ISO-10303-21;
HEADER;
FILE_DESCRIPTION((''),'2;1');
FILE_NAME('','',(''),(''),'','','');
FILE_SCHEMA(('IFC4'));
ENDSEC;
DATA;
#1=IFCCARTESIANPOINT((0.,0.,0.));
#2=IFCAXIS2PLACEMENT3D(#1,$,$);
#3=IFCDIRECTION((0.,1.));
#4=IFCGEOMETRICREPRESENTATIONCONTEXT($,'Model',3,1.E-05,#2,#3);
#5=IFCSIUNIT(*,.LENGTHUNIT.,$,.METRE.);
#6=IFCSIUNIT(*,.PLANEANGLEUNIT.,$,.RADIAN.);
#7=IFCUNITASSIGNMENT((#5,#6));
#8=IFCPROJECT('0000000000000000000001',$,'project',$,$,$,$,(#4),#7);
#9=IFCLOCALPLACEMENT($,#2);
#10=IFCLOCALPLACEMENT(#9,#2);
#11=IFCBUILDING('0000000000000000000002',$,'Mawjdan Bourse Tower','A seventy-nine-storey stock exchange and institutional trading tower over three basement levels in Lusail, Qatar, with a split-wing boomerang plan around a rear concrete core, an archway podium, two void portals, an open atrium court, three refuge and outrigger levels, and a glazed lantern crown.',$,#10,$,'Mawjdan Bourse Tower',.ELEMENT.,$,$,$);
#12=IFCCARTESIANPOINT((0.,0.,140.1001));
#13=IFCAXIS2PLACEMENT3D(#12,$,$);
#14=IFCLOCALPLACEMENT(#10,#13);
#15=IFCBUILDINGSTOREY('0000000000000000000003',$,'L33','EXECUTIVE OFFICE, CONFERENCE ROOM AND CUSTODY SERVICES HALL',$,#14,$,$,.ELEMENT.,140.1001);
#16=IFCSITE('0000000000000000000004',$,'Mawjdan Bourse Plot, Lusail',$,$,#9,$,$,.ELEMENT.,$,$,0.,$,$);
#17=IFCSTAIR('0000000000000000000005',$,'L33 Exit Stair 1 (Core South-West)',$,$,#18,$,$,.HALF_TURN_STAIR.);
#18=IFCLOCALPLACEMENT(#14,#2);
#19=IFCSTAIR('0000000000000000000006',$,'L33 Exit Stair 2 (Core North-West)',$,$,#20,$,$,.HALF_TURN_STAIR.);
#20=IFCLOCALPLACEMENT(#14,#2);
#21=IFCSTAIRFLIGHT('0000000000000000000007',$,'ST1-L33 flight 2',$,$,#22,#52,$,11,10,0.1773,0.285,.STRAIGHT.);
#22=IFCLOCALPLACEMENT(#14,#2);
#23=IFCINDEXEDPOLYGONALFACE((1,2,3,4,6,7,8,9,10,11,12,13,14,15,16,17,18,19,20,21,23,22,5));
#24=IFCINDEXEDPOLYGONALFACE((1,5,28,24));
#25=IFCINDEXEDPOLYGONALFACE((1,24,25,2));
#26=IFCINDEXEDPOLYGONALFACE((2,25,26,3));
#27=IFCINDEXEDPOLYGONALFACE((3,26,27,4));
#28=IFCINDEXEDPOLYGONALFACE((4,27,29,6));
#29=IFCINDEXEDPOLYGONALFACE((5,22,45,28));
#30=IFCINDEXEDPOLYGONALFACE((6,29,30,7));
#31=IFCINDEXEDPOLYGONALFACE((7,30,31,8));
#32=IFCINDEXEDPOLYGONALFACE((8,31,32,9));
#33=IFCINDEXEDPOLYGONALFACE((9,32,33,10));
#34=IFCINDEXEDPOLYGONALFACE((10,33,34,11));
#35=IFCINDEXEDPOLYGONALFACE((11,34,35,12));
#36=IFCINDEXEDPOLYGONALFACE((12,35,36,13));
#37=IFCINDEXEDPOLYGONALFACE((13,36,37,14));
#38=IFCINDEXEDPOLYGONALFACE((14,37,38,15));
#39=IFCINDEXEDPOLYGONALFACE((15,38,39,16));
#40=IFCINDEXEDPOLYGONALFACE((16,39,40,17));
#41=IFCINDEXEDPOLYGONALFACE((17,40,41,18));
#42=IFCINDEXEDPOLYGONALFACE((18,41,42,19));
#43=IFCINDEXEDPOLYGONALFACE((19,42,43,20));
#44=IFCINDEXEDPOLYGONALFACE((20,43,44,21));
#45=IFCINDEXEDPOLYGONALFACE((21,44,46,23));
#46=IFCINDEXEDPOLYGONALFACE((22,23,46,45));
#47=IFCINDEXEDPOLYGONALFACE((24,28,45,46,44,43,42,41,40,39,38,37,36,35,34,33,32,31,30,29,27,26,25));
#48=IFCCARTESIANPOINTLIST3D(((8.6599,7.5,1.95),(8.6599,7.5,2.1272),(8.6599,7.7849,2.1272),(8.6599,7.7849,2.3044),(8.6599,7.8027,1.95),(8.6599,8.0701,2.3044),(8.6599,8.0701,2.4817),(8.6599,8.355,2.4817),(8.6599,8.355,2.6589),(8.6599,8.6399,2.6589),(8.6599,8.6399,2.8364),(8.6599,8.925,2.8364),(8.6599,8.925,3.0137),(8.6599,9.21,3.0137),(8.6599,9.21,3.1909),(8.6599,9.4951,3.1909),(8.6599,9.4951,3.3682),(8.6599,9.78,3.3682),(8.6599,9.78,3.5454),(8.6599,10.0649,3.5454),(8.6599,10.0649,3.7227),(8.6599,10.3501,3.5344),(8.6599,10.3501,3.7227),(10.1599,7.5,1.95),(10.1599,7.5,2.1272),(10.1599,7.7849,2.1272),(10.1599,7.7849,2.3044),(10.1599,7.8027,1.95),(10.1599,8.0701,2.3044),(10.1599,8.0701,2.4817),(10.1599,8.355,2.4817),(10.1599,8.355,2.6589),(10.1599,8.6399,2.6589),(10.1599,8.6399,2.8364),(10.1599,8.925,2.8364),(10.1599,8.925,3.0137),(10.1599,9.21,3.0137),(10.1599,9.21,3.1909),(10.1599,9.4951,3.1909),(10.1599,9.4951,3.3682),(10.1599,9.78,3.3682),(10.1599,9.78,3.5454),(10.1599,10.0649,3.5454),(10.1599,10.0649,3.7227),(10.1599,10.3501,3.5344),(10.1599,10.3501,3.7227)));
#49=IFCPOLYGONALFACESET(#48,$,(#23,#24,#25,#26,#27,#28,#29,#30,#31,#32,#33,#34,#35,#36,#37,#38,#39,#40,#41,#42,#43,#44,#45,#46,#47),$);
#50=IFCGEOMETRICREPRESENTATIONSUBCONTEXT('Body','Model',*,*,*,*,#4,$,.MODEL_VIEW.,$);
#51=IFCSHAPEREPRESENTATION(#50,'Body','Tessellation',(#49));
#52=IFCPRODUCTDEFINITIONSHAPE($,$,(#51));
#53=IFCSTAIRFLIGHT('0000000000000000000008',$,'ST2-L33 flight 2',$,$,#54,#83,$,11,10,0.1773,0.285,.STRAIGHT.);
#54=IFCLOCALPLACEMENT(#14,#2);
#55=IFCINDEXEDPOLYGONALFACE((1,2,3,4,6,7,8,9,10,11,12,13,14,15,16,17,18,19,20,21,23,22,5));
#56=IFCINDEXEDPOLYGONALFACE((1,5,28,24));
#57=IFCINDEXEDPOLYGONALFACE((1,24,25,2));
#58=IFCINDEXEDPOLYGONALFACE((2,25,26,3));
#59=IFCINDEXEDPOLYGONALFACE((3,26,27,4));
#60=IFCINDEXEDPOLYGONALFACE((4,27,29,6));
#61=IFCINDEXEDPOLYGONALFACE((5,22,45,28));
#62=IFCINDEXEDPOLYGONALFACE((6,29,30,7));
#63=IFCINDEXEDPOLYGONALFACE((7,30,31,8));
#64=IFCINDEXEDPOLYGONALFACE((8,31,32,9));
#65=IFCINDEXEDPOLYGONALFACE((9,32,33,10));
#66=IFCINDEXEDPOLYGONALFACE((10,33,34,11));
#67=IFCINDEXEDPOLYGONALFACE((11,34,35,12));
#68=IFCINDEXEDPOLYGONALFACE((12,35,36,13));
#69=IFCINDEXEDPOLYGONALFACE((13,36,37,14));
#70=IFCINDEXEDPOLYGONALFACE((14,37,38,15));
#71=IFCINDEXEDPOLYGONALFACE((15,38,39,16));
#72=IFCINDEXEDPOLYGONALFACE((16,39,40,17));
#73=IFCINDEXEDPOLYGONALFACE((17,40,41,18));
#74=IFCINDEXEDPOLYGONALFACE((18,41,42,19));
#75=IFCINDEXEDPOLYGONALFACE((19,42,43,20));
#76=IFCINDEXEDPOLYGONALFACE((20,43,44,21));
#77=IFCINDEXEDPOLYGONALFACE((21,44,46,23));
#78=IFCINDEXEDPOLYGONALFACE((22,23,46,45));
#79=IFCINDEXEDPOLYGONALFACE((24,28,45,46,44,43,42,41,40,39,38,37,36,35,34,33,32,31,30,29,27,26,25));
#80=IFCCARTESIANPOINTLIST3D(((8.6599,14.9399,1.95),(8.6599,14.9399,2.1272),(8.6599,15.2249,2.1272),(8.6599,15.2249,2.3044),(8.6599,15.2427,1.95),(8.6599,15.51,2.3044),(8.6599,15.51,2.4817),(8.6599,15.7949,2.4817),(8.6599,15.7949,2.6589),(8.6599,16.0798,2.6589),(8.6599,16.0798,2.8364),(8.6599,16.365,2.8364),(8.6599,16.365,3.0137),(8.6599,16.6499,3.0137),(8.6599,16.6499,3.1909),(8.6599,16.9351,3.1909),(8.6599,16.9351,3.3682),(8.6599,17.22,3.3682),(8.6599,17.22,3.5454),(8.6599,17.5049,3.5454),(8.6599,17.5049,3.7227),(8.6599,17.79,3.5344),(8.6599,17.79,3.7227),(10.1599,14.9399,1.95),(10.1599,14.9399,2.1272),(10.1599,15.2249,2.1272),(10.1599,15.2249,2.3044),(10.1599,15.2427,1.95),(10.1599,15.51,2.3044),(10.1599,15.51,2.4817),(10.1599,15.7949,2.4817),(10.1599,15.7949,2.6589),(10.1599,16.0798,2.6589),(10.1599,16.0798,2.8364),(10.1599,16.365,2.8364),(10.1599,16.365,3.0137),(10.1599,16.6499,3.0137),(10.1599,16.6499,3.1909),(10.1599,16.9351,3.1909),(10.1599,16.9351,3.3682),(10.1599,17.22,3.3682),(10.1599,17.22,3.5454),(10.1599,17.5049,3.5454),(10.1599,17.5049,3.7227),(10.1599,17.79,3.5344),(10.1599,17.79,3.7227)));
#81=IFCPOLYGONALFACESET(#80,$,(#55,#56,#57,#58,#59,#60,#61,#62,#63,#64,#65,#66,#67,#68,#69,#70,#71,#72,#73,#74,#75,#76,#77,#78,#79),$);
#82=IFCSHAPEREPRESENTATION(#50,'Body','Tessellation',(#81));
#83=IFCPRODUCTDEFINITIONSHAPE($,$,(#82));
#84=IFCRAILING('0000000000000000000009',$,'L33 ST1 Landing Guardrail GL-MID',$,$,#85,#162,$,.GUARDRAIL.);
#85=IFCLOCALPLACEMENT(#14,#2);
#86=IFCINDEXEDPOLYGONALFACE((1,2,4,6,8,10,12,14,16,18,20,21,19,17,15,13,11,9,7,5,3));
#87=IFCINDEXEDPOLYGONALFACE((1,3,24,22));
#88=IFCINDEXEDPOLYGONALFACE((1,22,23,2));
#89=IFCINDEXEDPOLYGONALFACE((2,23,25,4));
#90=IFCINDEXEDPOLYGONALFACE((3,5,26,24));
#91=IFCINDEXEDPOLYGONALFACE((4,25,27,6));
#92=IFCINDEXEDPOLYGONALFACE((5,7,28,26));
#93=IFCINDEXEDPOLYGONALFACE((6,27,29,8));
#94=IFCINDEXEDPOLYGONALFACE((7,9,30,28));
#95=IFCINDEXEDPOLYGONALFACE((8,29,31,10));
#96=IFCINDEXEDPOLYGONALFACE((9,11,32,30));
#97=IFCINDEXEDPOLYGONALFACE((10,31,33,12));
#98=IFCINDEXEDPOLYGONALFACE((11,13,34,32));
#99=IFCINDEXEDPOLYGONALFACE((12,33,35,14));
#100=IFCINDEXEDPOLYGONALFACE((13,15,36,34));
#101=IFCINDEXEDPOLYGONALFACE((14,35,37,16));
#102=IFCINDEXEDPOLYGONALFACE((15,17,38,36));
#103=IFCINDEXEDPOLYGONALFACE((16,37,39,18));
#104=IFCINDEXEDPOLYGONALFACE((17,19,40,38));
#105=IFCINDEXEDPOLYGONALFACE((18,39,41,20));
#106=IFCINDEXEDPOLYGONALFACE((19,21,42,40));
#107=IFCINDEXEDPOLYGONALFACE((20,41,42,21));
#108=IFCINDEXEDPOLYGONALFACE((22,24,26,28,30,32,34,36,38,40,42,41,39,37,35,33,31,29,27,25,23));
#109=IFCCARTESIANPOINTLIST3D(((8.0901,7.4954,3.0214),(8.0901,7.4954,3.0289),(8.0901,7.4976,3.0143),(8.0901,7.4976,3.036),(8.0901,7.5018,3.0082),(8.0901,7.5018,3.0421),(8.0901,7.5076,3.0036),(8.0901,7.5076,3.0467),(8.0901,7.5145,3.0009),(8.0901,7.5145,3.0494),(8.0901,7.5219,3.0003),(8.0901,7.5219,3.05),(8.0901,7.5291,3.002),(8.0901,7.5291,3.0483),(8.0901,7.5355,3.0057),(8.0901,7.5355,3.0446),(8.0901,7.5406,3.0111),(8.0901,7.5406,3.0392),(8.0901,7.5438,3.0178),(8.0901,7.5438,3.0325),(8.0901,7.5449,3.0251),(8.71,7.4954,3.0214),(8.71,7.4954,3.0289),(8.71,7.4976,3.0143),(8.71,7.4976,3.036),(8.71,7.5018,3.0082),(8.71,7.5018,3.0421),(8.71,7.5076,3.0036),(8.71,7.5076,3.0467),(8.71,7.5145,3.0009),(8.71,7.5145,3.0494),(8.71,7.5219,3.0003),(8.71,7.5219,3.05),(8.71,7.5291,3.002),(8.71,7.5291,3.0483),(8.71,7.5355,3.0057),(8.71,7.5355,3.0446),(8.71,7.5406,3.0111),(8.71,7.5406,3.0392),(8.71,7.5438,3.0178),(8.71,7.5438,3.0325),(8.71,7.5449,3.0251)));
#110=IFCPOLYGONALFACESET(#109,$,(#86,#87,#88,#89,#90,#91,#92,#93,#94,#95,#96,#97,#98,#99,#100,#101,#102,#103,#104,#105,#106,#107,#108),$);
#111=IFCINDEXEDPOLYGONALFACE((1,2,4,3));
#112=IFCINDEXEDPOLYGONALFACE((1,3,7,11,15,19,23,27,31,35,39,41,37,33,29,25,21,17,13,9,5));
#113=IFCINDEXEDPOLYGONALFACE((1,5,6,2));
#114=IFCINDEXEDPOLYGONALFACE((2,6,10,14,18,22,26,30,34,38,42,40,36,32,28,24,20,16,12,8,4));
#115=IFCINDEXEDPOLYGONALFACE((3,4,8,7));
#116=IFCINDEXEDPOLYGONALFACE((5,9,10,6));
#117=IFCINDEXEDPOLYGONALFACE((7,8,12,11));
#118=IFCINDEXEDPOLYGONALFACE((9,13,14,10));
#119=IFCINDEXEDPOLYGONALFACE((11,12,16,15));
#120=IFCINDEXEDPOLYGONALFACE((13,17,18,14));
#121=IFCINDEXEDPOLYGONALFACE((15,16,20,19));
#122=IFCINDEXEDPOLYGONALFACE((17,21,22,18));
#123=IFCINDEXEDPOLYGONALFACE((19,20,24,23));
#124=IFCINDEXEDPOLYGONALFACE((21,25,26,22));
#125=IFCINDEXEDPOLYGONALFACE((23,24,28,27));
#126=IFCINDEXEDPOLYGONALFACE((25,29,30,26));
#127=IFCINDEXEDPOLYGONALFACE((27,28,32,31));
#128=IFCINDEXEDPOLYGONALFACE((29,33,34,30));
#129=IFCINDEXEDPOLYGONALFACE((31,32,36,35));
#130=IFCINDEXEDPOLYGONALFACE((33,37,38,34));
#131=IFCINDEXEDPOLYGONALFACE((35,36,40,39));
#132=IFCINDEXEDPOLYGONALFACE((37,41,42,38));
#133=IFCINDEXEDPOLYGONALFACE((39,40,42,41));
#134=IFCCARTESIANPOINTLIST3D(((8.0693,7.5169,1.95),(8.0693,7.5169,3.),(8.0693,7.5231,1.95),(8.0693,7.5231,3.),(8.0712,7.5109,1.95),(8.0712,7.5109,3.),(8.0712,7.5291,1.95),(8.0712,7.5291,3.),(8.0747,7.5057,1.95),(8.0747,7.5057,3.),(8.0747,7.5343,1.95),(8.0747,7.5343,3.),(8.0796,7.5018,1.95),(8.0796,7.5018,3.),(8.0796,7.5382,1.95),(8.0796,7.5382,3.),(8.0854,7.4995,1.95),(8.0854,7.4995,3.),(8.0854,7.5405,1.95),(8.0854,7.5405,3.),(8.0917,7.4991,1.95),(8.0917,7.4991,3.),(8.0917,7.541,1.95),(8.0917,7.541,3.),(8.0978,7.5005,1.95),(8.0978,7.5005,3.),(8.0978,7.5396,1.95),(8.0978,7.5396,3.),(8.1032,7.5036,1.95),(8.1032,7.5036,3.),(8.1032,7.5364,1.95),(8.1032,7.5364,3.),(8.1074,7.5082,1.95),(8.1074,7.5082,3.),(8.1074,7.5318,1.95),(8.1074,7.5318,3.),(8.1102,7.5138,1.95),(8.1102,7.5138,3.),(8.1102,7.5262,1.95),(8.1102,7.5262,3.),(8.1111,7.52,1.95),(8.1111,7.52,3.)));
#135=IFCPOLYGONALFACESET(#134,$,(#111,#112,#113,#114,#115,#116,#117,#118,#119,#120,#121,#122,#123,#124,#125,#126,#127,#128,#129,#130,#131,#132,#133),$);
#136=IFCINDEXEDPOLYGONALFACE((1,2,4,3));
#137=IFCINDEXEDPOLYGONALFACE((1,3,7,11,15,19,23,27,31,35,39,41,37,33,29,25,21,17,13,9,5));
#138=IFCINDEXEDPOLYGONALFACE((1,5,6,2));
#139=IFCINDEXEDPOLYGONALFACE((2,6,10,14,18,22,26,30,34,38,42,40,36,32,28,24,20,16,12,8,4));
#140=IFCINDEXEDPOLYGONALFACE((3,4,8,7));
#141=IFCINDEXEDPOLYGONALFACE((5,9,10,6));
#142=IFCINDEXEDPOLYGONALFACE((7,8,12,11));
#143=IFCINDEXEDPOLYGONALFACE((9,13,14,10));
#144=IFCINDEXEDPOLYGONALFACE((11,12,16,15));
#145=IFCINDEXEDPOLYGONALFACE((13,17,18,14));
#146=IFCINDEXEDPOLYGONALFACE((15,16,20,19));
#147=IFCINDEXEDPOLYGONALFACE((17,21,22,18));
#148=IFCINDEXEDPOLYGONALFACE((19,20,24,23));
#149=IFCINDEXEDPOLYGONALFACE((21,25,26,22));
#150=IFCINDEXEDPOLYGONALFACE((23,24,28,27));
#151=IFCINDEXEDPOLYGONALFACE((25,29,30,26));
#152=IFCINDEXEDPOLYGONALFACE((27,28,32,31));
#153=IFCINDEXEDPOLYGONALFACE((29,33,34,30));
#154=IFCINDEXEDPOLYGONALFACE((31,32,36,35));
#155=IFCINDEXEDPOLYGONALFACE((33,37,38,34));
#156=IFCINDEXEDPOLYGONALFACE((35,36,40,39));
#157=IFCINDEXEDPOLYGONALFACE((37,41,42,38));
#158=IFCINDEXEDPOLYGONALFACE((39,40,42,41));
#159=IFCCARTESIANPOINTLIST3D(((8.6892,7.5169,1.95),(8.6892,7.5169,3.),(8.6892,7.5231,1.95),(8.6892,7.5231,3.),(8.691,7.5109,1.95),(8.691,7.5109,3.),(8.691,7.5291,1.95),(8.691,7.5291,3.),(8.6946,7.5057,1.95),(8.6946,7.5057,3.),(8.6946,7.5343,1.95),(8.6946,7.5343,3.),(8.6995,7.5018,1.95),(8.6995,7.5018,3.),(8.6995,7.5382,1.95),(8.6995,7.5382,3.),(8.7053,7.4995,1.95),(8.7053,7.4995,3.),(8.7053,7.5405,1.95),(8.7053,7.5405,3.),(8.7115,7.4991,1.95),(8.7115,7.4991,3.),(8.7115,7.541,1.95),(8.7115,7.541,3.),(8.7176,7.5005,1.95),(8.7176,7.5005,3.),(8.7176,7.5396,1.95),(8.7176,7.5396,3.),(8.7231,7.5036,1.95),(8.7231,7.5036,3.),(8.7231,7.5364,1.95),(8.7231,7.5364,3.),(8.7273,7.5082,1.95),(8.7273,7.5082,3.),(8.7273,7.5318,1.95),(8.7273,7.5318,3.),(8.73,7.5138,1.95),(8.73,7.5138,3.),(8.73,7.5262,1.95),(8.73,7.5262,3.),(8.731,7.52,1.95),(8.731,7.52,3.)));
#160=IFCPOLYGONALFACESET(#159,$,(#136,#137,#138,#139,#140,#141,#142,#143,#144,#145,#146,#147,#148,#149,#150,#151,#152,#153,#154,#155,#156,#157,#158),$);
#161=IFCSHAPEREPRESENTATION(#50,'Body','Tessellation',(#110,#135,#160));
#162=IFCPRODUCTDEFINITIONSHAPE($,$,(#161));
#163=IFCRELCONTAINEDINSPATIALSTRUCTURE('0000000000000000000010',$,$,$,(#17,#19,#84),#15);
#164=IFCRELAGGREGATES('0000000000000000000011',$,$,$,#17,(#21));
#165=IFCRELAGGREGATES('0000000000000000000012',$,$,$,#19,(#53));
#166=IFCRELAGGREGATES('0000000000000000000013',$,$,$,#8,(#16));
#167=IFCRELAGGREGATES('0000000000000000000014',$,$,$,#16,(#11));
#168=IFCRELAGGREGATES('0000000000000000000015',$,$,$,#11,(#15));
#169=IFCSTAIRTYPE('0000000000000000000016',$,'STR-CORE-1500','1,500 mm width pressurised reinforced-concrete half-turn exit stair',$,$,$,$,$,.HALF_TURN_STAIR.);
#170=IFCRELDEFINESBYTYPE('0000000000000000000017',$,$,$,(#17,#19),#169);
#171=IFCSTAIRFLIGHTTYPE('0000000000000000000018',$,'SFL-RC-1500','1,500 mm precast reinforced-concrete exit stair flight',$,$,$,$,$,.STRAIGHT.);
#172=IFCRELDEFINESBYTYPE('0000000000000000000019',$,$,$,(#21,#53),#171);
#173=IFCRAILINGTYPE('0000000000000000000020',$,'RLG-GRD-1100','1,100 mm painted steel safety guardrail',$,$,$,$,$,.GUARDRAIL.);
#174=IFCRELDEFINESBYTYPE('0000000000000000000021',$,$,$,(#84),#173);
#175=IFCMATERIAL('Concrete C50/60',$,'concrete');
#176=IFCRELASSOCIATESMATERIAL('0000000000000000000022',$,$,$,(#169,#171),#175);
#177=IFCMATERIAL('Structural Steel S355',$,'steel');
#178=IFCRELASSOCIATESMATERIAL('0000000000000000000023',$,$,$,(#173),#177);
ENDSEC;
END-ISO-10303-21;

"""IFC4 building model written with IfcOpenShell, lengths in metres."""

from ifc_helpers import new_model, si_unit, direction, frame, origin, origin_2d, place, context, subcontext, project, spatial, polyline, circle, outline, extrude, material, type_object, element, aggregate, save


model = new_model("IFC4")

# Units and contexts
model_context = context("Model", 3, precision=1e-05, world=origin(), true_north=direction((0.0, 1.0)))
body_context = subcontext(model_context, "Body", "Model", "MODEL_VIEW")
ifc_project = project(units=[si_unit("LENGTHUNIT", "METRE"), si_unit("PLANEANGLEUNIT", "RADIAN")], contexts=[model_context])

# Site, building, storey
site_placement = place(None, origin())
site = spatial("IfcSite", under=ifc_project, at=site_placement, Name="Mawjdan Bourse Plot, Lusail", CompositionType="ELEMENT", RefElevation=0.0)
building_placement = place(site_placement, origin())
building = spatial("IfcBuilding", under=site, at=building_placement, Name="Mawjdan Bourse Tower", Description="A seventy-nine-storey stock exchange and institutional trading tower over three basement levels in Lusail, Qatar, with a split-wing boomerang plan around a rear concrete core, an archway podium, two void portals, an open atrium court, three refuge and outrigger levels, and a glazed lantern crown.", LongName="Mawjdan Bourse Tower", CompositionType="ELEMENT")
storey_placement = place(building_placement, frame((0.0, 0.0, 140.1001)))
storey = spatial("IfcBuildingStorey", under=building, at=storey_placement, Name="L33", Description="EXECUTIVE OFFICE, CONFERENCE ROOM AND CUSTODY SERVICES HALL", CompositionType="ELEMENT", Elevation=140.1001)

# Shared definitions
ifc_material_1 = material(Name="Structural Steel S355", Category="steel")

# Stairs
ifc_material_2 = material(Name="Concrete C50/60", Category="concrete")
stair_type = type_object("IfcStairType", Name="STR-CORE-1500", Description="1,500 mm width pressurised reinforced-concrete half-turn exit stair", PredefinedType="HALF_TURN_STAIR", material=ifc_material_2)
stair_1_placement = place(storey_placement, origin())
stair_1 = element("IfcStair", 1, at=stair_1_placement, inside=storey, type_object=stair_type, Name="L33 Exit Stair 1 (Core South-West)", PredefinedType="HALF_TURN_STAIR")
stair_2_placement = place(storey_placement, origin())
stair_2 = element("IfcStair", 2, at=stair_2_placement, inside=storey, type_object=stair_type, Name="L33 Exit Stair 2 (Core North-West)", PredefinedType="HALF_TURN_STAIR")

# Stair flights
stair_flight_type = type_object("IfcStairFlightType", Name="SFL-RC-1500", Description="1,500 mm precast reinforced-concrete exit stair flight", PredefinedType="STRAIGHT", material=ifc_material_2)
stair_flight_1_placement = place(storey_placement, frame((9.4099, 7.5, 1.95), z_axis=(0.0, 0.0, 1.0), x_axis=(0.0, 1.0, 0.0)))
stair_flight_1 = element("IfcStairFlight", 3, at=stair_flight_1_placement, type_object=stair_flight_type, Name="ST1-L33 flight 2", NumberOfRisers=11, NumberOfTreads=10, PredefinedType="STRAIGHT", RiserHeight=0.1773, TreadLength=0.285, context=body_context, shape_type="SweptSolid", body=[
    extrude(outline(polyline([(0.0, 0.0), (0.0, 0.1772), (0.2849, 0.1772), (0.2849, 0.3545), (0.5701, 0.3545), (0.5701, 0.5317), (0.855, 0.5317), (0.855, 0.709), (1.1399, 0.709), (1.1399, 0.8865), (1.425, 0.8865), (1.425, 1.0637), (1.71, 1.0637), (1.71, 1.241), (1.9951, 1.241), (1.9951, 1.4182), (2.28, 1.4182), (2.28, 1.5955), (2.5649, 1.5955), (2.5649, 1.7727), (2.8501, 1.7727), (2.8501, 1.95), (2.8501, 1.5845), (0.3027, 0.0), (0.0, 0.0)])), frame((0.0, 0.75, 0.0), z_axis=(0.0, -1.0, 0.0), x_axis=(1.0, 0.0, 0.0)), (0.0, 0.0, 1.0), 1.5),
])
aggregate(stair_1, [stair_flight_1])
stair_flight_2_placement = place(storey_placement, frame((9.4099, 14.9399, 1.95), z_axis=(0.0, 0.0, 1.0), x_axis=(0.0, 1.0, 0.0)))
stair_flight_2 = element("IfcStairFlight", 4, at=stair_flight_2_placement, type_object=stair_flight_type, Name="ST2-L33 flight 2", NumberOfRisers=11, NumberOfTreads=10, PredefinedType="STRAIGHT", RiserHeight=0.1773, TreadLength=0.285, context=body_context, shape_type="SweptSolid", body=[
    extrude(outline(polyline([(0.0, 0.0), (0.0, 0.1772), (0.2849, 0.1772), (0.2849, 0.3545), (0.5701, 0.3545), (0.5701, 0.5317), (0.855, 0.5317), (0.855, 0.709), (1.1399, 0.709), (1.1399, 0.8865), (1.425, 0.8865), (1.425, 1.0637), (1.71, 1.0637), (1.71, 1.241), (1.9951, 1.241), (1.9951, 1.4182), (2.28, 1.4182), (2.28, 1.5955), (2.5649, 1.5955), (2.5649, 1.7727), (2.8501, 1.7727), (2.8501, 1.95), (2.8501, 1.5845), (0.3027, 0.0), (0.0, 0.0)])), frame((0.0, 0.75, 0.0), z_axis=(0.0, -1.0, 0.0), x_axis=(1.0, 0.0, 0.0)), (0.0, 0.0, 1.0), 1.5),
])
aggregate(stair_2, [stair_flight_2])

# Railing
railing_type_1 = type_object("IfcRailingType", Name="RLG-GRD-1100", Description="1,100 mm painted steel safety guardrail", PredefinedType="GUARDRAIL", material=ifc_material_1)
for number, where, name in (
    (5, (8.0901, 7.52, 1.95), "L33 ST1 Landing Guardrail GL-MID"),
):
    element("IfcRailing", number, at=place(storey_placement, frame(where)), inside=storey, type_object=railing_type_1, Name=name, PredefinedType="GUARDRAIL", context=body_context, shape_type="SweptSolid", body=[
        extrude(circle(Radius=0.0249, at=origin_2d()), frame((0.0, 0.0, 1.0752), z_axis=(1.0, 0.0, 0.0), x_axis=(0.0, 1.0, 0.0)), (0.0, 0.0, 1.0), 0.6199),
        extrude(circle(Radius=0.021, at=origin_2d()), origin(), (0.0, 0.0, 1.0), 1.05),
        extrude(circle(Radius=0.021, at=origin_2d()), frame((0.6199, 0.0, 0.0)), (0.0, 0.0, 1.0), 1.05),
    ])

save(model, "model.ifc")
